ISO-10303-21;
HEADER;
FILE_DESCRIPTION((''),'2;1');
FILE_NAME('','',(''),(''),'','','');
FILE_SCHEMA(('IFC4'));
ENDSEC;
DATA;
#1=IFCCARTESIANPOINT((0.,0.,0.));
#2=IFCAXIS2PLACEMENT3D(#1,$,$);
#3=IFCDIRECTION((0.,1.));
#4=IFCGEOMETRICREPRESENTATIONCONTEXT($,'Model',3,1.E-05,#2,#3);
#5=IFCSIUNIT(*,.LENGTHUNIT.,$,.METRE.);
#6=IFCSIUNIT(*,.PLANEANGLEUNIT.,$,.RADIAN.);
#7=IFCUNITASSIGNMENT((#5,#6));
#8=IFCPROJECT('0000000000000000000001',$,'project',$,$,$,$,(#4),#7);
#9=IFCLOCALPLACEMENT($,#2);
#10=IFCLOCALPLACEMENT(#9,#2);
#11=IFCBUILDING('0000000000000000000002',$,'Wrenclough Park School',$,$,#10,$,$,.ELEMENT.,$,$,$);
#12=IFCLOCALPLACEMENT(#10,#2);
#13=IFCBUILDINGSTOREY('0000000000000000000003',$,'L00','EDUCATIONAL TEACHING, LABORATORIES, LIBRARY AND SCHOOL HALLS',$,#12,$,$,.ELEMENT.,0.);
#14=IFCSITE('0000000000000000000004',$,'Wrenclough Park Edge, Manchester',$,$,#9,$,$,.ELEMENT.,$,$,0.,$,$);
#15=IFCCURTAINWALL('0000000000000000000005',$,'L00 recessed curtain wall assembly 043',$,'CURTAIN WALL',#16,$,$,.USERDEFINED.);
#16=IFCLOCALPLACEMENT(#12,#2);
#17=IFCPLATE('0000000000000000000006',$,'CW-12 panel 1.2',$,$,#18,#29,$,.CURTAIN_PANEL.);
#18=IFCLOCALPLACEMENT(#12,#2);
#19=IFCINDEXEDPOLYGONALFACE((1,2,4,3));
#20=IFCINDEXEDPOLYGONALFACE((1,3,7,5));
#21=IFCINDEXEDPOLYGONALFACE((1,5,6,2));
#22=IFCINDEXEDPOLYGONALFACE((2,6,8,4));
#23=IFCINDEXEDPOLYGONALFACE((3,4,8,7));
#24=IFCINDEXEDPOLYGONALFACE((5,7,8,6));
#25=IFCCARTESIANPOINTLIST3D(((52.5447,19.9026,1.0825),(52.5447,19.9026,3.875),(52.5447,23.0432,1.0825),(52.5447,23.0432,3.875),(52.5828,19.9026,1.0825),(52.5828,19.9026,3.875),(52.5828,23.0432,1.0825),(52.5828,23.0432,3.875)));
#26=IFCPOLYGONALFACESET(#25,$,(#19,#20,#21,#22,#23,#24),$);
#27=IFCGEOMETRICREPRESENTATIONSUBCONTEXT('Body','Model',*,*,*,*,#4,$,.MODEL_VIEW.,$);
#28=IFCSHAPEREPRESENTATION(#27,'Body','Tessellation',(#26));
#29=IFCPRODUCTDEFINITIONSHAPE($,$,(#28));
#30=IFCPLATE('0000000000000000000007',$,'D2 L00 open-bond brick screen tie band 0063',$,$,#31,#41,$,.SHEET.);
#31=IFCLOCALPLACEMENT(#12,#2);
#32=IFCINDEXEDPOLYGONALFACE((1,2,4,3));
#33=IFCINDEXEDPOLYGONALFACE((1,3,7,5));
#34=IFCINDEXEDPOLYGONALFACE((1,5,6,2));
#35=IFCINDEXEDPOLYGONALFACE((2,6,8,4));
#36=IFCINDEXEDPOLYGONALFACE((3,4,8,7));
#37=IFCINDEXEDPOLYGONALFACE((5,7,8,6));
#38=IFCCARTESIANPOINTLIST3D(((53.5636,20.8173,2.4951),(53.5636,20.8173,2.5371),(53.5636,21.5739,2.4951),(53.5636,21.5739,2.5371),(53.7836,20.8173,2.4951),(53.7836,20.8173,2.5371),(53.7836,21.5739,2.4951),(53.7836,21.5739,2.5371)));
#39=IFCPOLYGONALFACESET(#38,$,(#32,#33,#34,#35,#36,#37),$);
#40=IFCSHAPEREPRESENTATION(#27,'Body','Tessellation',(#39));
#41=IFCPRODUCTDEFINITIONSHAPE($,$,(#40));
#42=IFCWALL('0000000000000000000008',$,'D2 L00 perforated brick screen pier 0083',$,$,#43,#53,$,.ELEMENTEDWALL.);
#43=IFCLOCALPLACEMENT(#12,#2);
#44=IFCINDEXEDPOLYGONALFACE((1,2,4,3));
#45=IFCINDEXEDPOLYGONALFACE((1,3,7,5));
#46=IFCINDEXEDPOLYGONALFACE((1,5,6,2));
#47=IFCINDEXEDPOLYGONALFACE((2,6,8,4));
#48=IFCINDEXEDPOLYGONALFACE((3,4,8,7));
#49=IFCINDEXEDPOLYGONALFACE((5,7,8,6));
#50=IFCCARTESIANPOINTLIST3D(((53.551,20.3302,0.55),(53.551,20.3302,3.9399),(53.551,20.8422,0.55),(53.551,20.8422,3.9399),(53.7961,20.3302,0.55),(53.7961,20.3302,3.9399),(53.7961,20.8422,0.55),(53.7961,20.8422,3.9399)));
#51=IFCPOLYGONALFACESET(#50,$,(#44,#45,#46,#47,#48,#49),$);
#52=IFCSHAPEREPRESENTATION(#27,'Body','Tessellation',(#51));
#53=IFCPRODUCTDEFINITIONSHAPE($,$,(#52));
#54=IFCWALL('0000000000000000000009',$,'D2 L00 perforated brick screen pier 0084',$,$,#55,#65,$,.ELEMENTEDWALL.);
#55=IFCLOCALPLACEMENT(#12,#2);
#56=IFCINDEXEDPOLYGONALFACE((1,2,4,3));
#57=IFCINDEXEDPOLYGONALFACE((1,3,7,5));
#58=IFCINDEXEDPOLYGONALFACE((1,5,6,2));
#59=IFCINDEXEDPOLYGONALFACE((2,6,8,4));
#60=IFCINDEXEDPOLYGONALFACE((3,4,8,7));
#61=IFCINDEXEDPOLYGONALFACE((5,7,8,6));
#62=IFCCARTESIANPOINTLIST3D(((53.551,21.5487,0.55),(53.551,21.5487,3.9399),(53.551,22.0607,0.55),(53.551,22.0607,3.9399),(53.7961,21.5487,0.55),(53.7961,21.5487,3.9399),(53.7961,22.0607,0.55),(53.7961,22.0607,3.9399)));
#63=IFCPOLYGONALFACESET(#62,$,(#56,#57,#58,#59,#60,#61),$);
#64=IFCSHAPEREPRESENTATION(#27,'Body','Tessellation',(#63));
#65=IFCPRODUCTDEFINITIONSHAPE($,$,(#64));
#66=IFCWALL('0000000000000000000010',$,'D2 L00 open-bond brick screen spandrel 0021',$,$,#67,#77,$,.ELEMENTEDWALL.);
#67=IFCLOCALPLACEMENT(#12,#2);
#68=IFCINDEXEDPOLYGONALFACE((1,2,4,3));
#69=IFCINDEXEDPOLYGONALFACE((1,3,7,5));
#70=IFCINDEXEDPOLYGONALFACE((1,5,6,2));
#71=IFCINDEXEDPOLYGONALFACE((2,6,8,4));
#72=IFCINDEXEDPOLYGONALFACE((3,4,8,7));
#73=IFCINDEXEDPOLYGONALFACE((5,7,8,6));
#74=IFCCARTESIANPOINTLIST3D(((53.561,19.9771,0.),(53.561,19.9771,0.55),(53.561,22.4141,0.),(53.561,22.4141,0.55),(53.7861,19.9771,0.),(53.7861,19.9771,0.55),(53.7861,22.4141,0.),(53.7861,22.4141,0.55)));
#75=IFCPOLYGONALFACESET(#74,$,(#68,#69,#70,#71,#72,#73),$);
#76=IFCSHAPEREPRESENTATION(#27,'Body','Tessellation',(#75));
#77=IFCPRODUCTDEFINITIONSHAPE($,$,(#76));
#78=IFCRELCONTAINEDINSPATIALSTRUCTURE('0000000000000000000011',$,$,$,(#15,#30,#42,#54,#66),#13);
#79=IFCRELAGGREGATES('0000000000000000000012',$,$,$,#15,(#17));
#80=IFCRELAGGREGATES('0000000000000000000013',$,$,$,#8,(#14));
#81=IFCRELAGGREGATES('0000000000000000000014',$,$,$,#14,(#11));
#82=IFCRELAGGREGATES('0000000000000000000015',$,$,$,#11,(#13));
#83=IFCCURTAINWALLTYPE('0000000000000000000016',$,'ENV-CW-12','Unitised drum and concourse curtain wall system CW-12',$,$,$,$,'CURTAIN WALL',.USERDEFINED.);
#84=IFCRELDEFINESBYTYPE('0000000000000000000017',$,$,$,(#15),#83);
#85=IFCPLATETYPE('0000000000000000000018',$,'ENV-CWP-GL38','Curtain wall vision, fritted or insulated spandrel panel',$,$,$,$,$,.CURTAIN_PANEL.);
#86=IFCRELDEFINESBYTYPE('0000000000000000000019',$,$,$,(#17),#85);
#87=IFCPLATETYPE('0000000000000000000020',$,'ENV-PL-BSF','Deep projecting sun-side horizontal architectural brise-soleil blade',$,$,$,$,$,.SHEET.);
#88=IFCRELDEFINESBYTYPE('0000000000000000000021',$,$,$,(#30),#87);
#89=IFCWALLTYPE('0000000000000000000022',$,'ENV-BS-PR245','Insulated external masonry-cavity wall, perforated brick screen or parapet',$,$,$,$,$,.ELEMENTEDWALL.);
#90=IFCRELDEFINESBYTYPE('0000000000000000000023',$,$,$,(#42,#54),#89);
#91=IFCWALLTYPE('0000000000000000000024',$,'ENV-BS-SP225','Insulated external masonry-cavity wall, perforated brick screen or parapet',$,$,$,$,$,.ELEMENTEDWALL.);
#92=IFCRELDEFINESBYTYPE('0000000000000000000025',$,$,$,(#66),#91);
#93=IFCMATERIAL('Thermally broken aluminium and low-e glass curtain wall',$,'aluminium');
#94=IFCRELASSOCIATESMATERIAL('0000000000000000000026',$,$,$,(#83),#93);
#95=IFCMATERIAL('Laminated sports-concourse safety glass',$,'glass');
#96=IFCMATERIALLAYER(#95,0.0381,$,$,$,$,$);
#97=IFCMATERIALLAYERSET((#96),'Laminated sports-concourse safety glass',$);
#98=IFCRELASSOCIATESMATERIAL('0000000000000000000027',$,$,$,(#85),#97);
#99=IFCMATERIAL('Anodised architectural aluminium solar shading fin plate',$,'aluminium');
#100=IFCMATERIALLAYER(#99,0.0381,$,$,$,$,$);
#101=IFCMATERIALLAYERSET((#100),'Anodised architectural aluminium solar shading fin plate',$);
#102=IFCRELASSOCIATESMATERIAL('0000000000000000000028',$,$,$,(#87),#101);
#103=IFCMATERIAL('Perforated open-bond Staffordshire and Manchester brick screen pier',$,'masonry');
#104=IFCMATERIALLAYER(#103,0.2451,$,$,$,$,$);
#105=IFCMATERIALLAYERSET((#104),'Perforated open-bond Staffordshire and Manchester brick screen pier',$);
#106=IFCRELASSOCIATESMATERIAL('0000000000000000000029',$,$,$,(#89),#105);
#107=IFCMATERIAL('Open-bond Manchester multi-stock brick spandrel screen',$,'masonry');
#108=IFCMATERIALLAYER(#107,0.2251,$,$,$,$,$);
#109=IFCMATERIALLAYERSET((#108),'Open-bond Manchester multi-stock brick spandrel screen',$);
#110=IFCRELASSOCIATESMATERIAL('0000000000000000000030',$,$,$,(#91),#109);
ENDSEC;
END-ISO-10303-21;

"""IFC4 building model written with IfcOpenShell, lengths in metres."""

from ifc_helpers import new_model, si_unit, direction, frame, frame_2d, origin, origin_2d, place, context, subcontext, project, spatial, rectangle, extrude, material, layer, layer_set, type_object, element, aggregate, save


model = new_model("IFC4")

# Units and contexts
model_context = context("Model", 3, precision=1e-05, world=origin(), true_north=direction((0.0, 1.0)))
body_context = subcontext(model_context, "Body", "Model", "MODEL_VIEW")
ifc_project = project(units=[si_unit("LENGTHUNIT", "METRE"), si_unit("PLANEANGLEUNIT", "RADIAN")], contexts=[model_context])

# Site, building, storey
site_placement = place(None, origin())
site = spatial("IfcSite", under=ifc_project, at=site_placement, Name="Wrenclough Park Edge, Manchester", CompositionType="ELEMENT", RefElevation=0.0)
building_placement = place(site_placement, origin())
building = spatial("IfcBuilding", under=site, at=building_placement, Name="Wrenclough Park School", CompositionType="ELEMENT")
storey_placement = place(building_placement, origin())
storey = spatial("IfcBuildingStorey", under=building, at=storey_placement, Name="L00", Description="EDUCATIONAL TEACHING, LABORATORIES, LIBRARY AND SCHOOL HALLS", CompositionType="ELEMENT", Elevation=0.0)

# Shared definitions
ifc_material_1 = material(Name="Thermally broken aluminium and low-e glass curtain wall", Category="aluminium")

# Curtain wall
curtain_wall_type_1 = type_object("IfcCurtainWallType", Name="ENV-CW-12", Description="Unitised drum and concourse curtain wall system CW-12", ElementType="CURTAIN WALL", PredefinedType="USERDEFINED", material=ifc_material_1)
curtain_wall_1_placement = place(storey_placement, origin())
curtain_wall_1 = element("IfcCurtainWall", 1, at=curtain_wall_1_placement, inside=storey, type_object=curtain_wall_type_1, Name="L00 recessed curtain wall assembly 043", ObjectType="CURTAIN WALL", PredefinedType="USERDEFINED")

# Plates
ifc_material_2 = material(Name="Laminated sports-concourse safety glass", Category="glass")
ifc_layer_1 = layer(ifc_material_2, 0.0381)
ifc_layer_set_1 = layer_set([ifc_layer_1], Name="Laminated sports-concourse safety glass")
plate_type_1 = type_object("IfcPlateType", Name="ENV-CWP-GL38", Description="Curtain wall vision, fritted or insulated spandrel panel", PredefinedType="CURTAIN_PANEL", material=ifc_layer_set_1)
plate_1_placement = place(storey_placement, frame((52.5637, 21.4729, 1.0825), z_axis=(0.0, 0.0, 1.0), x_axis=(0.0, -1.0, 0.0)))
plate_1 = element("IfcPlate", 2, at=plate_1_placement, type_object=plate_type_1, Name="CW-12 panel 1.2", PredefinedType="CURTAIN_PANEL", context=body_context, shape_type="SweptSolid", body=[
    extrude(rectangle(XDim=3.1406, YDim=0.0381, at=origin_2d()), origin(), (0.0, 0.0, 1.0), 2.7925),
])
aggregate(curtain_wall_1, [plate_1])
ifc_material_3 = material(Name="Anodised architectural aluminium solar shading fin plate", Category="aluminium")
ifc_layer_2 = layer(ifc_material_3, 0.0381)
ifc_layer_set_2 = layer_set([ifc_layer_2], Name="Anodised architectural aluminium solar shading fin plate")
plate_type_2 = type_object("IfcPlateType", Name="ENV-PL-BSF", Description="Deep projecting sun-side horizontal architectural brise-soleil blade", PredefinedType="SHEET", material=ifc_layer_set_2)
plate_2_placement = place(storey_placement, frame((53.6736, 21.1956, 2.4951), z_axis=(0.0, 0.0, 1.0), x_axis=(0.0, 1.0, 0.0)))
element("IfcPlate", 3, at=plate_2_placement, inside=storey, type_object=plate_type_2, Name="D2 L00 open-bond brick screen tie band 0063", PredefinedType="SHEET", context=body_context, shape_type="SweptSolid", body=[
    extrude(rectangle(XDim=0.7566, YDim=0.22, at=origin_2d()), origin(), (0.0, 0.0, 1.0), 0.042),
])

# Walls
ifc_material_4 = material(Name="Perforated open-bond Staffordshire and Manchester brick screen pier", Category="masonry")
ifc_layer_3 = layer(ifc_material_4, 0.2451)
ifc_layer_set_3 = layer_set([ifc_layer_3], Name="Perforated open-bond Staffordshire and Manchester brick screen pier")
wall_type_1 = type_object("IfcWallType", Name="ENV-BS-PR245", Description="Insulated external masonry-cavity wall, perforated brick screen or parapet", PredefinedType="ELEMENTEDWALL", material=ifc_layer_set_3)
for number, where, z_axis, x_axis, name in (
    (4, (53.6736, 20.3303, 0.55), (0.0, 0.0, 1.0), (0.0, 1.0, 0.0), "D2 L00 perforated brick screen pier 0083"),
    (5, (53.6736, 21.5488, 0.55), (0.0, 0.0, 1.0), (0.0, 1.0, 0.0), "D2 L00 perforated brick screen pier 0084"),
):
    element("IfcWall", number, at=place(storey_placement, frame(where, z_axis=z_axis, x_axis=x_axis)), inside=storey, type_object=wall_type_1, Name=name, PredefinedType="ELEMENTEDWALL", context=body_context, shape_type="SweptSolid", body=[
        extrude(rectangle(XDim=0.512, YDim=0.2451, at=frame_2d((0.2559, 0.0))), origin(), (0.0, 0.0, 1.0), 3.3899),
    ])
ifc_material_5 = material(Name="Open-bond Manchester multi-stock brick spandrel screen", Category="masonry")
ifc_layer_4 = layer(ifc_material_5, 0.2251)
ifc_layer_set_4 = layer_set([ifc_layer_4], Name="Open-bond Manchester multi-stock brick spandrel screen")
wall_type_2 = type_object("IfcWallType", Name="ENV-BS-SP225", Description="Insulated external masonry-cavity wall, perforated brick screen or parapet", PredefinedType="ELEMENTEDWALL", material=ifc_layer_set_4)
wall_placement = place(storey_placement, frame((53.6736, 19.9771, 0.0), z_axis=(0.0, 0.0, 1.0), x_axis=(0.0, 1.0, 0.0)))
element("IfcWall", 6, at=wall_placement, inside=storey, type_object=wall_type_2, Name="D2 L00 open-bond brick screen spandrel 0021", PredefinedType="ELEMENTEDWALL", context=body_context, shape_type="SweptSolid", body=[
    extrude(rectangle(XDim=2.437, YDim=0.2251, at=frame_2d((1.2185, 0.0))), origin(), (0.0, 0.0, 1.0), 0.55),
])

save(model, "model.ifc")
